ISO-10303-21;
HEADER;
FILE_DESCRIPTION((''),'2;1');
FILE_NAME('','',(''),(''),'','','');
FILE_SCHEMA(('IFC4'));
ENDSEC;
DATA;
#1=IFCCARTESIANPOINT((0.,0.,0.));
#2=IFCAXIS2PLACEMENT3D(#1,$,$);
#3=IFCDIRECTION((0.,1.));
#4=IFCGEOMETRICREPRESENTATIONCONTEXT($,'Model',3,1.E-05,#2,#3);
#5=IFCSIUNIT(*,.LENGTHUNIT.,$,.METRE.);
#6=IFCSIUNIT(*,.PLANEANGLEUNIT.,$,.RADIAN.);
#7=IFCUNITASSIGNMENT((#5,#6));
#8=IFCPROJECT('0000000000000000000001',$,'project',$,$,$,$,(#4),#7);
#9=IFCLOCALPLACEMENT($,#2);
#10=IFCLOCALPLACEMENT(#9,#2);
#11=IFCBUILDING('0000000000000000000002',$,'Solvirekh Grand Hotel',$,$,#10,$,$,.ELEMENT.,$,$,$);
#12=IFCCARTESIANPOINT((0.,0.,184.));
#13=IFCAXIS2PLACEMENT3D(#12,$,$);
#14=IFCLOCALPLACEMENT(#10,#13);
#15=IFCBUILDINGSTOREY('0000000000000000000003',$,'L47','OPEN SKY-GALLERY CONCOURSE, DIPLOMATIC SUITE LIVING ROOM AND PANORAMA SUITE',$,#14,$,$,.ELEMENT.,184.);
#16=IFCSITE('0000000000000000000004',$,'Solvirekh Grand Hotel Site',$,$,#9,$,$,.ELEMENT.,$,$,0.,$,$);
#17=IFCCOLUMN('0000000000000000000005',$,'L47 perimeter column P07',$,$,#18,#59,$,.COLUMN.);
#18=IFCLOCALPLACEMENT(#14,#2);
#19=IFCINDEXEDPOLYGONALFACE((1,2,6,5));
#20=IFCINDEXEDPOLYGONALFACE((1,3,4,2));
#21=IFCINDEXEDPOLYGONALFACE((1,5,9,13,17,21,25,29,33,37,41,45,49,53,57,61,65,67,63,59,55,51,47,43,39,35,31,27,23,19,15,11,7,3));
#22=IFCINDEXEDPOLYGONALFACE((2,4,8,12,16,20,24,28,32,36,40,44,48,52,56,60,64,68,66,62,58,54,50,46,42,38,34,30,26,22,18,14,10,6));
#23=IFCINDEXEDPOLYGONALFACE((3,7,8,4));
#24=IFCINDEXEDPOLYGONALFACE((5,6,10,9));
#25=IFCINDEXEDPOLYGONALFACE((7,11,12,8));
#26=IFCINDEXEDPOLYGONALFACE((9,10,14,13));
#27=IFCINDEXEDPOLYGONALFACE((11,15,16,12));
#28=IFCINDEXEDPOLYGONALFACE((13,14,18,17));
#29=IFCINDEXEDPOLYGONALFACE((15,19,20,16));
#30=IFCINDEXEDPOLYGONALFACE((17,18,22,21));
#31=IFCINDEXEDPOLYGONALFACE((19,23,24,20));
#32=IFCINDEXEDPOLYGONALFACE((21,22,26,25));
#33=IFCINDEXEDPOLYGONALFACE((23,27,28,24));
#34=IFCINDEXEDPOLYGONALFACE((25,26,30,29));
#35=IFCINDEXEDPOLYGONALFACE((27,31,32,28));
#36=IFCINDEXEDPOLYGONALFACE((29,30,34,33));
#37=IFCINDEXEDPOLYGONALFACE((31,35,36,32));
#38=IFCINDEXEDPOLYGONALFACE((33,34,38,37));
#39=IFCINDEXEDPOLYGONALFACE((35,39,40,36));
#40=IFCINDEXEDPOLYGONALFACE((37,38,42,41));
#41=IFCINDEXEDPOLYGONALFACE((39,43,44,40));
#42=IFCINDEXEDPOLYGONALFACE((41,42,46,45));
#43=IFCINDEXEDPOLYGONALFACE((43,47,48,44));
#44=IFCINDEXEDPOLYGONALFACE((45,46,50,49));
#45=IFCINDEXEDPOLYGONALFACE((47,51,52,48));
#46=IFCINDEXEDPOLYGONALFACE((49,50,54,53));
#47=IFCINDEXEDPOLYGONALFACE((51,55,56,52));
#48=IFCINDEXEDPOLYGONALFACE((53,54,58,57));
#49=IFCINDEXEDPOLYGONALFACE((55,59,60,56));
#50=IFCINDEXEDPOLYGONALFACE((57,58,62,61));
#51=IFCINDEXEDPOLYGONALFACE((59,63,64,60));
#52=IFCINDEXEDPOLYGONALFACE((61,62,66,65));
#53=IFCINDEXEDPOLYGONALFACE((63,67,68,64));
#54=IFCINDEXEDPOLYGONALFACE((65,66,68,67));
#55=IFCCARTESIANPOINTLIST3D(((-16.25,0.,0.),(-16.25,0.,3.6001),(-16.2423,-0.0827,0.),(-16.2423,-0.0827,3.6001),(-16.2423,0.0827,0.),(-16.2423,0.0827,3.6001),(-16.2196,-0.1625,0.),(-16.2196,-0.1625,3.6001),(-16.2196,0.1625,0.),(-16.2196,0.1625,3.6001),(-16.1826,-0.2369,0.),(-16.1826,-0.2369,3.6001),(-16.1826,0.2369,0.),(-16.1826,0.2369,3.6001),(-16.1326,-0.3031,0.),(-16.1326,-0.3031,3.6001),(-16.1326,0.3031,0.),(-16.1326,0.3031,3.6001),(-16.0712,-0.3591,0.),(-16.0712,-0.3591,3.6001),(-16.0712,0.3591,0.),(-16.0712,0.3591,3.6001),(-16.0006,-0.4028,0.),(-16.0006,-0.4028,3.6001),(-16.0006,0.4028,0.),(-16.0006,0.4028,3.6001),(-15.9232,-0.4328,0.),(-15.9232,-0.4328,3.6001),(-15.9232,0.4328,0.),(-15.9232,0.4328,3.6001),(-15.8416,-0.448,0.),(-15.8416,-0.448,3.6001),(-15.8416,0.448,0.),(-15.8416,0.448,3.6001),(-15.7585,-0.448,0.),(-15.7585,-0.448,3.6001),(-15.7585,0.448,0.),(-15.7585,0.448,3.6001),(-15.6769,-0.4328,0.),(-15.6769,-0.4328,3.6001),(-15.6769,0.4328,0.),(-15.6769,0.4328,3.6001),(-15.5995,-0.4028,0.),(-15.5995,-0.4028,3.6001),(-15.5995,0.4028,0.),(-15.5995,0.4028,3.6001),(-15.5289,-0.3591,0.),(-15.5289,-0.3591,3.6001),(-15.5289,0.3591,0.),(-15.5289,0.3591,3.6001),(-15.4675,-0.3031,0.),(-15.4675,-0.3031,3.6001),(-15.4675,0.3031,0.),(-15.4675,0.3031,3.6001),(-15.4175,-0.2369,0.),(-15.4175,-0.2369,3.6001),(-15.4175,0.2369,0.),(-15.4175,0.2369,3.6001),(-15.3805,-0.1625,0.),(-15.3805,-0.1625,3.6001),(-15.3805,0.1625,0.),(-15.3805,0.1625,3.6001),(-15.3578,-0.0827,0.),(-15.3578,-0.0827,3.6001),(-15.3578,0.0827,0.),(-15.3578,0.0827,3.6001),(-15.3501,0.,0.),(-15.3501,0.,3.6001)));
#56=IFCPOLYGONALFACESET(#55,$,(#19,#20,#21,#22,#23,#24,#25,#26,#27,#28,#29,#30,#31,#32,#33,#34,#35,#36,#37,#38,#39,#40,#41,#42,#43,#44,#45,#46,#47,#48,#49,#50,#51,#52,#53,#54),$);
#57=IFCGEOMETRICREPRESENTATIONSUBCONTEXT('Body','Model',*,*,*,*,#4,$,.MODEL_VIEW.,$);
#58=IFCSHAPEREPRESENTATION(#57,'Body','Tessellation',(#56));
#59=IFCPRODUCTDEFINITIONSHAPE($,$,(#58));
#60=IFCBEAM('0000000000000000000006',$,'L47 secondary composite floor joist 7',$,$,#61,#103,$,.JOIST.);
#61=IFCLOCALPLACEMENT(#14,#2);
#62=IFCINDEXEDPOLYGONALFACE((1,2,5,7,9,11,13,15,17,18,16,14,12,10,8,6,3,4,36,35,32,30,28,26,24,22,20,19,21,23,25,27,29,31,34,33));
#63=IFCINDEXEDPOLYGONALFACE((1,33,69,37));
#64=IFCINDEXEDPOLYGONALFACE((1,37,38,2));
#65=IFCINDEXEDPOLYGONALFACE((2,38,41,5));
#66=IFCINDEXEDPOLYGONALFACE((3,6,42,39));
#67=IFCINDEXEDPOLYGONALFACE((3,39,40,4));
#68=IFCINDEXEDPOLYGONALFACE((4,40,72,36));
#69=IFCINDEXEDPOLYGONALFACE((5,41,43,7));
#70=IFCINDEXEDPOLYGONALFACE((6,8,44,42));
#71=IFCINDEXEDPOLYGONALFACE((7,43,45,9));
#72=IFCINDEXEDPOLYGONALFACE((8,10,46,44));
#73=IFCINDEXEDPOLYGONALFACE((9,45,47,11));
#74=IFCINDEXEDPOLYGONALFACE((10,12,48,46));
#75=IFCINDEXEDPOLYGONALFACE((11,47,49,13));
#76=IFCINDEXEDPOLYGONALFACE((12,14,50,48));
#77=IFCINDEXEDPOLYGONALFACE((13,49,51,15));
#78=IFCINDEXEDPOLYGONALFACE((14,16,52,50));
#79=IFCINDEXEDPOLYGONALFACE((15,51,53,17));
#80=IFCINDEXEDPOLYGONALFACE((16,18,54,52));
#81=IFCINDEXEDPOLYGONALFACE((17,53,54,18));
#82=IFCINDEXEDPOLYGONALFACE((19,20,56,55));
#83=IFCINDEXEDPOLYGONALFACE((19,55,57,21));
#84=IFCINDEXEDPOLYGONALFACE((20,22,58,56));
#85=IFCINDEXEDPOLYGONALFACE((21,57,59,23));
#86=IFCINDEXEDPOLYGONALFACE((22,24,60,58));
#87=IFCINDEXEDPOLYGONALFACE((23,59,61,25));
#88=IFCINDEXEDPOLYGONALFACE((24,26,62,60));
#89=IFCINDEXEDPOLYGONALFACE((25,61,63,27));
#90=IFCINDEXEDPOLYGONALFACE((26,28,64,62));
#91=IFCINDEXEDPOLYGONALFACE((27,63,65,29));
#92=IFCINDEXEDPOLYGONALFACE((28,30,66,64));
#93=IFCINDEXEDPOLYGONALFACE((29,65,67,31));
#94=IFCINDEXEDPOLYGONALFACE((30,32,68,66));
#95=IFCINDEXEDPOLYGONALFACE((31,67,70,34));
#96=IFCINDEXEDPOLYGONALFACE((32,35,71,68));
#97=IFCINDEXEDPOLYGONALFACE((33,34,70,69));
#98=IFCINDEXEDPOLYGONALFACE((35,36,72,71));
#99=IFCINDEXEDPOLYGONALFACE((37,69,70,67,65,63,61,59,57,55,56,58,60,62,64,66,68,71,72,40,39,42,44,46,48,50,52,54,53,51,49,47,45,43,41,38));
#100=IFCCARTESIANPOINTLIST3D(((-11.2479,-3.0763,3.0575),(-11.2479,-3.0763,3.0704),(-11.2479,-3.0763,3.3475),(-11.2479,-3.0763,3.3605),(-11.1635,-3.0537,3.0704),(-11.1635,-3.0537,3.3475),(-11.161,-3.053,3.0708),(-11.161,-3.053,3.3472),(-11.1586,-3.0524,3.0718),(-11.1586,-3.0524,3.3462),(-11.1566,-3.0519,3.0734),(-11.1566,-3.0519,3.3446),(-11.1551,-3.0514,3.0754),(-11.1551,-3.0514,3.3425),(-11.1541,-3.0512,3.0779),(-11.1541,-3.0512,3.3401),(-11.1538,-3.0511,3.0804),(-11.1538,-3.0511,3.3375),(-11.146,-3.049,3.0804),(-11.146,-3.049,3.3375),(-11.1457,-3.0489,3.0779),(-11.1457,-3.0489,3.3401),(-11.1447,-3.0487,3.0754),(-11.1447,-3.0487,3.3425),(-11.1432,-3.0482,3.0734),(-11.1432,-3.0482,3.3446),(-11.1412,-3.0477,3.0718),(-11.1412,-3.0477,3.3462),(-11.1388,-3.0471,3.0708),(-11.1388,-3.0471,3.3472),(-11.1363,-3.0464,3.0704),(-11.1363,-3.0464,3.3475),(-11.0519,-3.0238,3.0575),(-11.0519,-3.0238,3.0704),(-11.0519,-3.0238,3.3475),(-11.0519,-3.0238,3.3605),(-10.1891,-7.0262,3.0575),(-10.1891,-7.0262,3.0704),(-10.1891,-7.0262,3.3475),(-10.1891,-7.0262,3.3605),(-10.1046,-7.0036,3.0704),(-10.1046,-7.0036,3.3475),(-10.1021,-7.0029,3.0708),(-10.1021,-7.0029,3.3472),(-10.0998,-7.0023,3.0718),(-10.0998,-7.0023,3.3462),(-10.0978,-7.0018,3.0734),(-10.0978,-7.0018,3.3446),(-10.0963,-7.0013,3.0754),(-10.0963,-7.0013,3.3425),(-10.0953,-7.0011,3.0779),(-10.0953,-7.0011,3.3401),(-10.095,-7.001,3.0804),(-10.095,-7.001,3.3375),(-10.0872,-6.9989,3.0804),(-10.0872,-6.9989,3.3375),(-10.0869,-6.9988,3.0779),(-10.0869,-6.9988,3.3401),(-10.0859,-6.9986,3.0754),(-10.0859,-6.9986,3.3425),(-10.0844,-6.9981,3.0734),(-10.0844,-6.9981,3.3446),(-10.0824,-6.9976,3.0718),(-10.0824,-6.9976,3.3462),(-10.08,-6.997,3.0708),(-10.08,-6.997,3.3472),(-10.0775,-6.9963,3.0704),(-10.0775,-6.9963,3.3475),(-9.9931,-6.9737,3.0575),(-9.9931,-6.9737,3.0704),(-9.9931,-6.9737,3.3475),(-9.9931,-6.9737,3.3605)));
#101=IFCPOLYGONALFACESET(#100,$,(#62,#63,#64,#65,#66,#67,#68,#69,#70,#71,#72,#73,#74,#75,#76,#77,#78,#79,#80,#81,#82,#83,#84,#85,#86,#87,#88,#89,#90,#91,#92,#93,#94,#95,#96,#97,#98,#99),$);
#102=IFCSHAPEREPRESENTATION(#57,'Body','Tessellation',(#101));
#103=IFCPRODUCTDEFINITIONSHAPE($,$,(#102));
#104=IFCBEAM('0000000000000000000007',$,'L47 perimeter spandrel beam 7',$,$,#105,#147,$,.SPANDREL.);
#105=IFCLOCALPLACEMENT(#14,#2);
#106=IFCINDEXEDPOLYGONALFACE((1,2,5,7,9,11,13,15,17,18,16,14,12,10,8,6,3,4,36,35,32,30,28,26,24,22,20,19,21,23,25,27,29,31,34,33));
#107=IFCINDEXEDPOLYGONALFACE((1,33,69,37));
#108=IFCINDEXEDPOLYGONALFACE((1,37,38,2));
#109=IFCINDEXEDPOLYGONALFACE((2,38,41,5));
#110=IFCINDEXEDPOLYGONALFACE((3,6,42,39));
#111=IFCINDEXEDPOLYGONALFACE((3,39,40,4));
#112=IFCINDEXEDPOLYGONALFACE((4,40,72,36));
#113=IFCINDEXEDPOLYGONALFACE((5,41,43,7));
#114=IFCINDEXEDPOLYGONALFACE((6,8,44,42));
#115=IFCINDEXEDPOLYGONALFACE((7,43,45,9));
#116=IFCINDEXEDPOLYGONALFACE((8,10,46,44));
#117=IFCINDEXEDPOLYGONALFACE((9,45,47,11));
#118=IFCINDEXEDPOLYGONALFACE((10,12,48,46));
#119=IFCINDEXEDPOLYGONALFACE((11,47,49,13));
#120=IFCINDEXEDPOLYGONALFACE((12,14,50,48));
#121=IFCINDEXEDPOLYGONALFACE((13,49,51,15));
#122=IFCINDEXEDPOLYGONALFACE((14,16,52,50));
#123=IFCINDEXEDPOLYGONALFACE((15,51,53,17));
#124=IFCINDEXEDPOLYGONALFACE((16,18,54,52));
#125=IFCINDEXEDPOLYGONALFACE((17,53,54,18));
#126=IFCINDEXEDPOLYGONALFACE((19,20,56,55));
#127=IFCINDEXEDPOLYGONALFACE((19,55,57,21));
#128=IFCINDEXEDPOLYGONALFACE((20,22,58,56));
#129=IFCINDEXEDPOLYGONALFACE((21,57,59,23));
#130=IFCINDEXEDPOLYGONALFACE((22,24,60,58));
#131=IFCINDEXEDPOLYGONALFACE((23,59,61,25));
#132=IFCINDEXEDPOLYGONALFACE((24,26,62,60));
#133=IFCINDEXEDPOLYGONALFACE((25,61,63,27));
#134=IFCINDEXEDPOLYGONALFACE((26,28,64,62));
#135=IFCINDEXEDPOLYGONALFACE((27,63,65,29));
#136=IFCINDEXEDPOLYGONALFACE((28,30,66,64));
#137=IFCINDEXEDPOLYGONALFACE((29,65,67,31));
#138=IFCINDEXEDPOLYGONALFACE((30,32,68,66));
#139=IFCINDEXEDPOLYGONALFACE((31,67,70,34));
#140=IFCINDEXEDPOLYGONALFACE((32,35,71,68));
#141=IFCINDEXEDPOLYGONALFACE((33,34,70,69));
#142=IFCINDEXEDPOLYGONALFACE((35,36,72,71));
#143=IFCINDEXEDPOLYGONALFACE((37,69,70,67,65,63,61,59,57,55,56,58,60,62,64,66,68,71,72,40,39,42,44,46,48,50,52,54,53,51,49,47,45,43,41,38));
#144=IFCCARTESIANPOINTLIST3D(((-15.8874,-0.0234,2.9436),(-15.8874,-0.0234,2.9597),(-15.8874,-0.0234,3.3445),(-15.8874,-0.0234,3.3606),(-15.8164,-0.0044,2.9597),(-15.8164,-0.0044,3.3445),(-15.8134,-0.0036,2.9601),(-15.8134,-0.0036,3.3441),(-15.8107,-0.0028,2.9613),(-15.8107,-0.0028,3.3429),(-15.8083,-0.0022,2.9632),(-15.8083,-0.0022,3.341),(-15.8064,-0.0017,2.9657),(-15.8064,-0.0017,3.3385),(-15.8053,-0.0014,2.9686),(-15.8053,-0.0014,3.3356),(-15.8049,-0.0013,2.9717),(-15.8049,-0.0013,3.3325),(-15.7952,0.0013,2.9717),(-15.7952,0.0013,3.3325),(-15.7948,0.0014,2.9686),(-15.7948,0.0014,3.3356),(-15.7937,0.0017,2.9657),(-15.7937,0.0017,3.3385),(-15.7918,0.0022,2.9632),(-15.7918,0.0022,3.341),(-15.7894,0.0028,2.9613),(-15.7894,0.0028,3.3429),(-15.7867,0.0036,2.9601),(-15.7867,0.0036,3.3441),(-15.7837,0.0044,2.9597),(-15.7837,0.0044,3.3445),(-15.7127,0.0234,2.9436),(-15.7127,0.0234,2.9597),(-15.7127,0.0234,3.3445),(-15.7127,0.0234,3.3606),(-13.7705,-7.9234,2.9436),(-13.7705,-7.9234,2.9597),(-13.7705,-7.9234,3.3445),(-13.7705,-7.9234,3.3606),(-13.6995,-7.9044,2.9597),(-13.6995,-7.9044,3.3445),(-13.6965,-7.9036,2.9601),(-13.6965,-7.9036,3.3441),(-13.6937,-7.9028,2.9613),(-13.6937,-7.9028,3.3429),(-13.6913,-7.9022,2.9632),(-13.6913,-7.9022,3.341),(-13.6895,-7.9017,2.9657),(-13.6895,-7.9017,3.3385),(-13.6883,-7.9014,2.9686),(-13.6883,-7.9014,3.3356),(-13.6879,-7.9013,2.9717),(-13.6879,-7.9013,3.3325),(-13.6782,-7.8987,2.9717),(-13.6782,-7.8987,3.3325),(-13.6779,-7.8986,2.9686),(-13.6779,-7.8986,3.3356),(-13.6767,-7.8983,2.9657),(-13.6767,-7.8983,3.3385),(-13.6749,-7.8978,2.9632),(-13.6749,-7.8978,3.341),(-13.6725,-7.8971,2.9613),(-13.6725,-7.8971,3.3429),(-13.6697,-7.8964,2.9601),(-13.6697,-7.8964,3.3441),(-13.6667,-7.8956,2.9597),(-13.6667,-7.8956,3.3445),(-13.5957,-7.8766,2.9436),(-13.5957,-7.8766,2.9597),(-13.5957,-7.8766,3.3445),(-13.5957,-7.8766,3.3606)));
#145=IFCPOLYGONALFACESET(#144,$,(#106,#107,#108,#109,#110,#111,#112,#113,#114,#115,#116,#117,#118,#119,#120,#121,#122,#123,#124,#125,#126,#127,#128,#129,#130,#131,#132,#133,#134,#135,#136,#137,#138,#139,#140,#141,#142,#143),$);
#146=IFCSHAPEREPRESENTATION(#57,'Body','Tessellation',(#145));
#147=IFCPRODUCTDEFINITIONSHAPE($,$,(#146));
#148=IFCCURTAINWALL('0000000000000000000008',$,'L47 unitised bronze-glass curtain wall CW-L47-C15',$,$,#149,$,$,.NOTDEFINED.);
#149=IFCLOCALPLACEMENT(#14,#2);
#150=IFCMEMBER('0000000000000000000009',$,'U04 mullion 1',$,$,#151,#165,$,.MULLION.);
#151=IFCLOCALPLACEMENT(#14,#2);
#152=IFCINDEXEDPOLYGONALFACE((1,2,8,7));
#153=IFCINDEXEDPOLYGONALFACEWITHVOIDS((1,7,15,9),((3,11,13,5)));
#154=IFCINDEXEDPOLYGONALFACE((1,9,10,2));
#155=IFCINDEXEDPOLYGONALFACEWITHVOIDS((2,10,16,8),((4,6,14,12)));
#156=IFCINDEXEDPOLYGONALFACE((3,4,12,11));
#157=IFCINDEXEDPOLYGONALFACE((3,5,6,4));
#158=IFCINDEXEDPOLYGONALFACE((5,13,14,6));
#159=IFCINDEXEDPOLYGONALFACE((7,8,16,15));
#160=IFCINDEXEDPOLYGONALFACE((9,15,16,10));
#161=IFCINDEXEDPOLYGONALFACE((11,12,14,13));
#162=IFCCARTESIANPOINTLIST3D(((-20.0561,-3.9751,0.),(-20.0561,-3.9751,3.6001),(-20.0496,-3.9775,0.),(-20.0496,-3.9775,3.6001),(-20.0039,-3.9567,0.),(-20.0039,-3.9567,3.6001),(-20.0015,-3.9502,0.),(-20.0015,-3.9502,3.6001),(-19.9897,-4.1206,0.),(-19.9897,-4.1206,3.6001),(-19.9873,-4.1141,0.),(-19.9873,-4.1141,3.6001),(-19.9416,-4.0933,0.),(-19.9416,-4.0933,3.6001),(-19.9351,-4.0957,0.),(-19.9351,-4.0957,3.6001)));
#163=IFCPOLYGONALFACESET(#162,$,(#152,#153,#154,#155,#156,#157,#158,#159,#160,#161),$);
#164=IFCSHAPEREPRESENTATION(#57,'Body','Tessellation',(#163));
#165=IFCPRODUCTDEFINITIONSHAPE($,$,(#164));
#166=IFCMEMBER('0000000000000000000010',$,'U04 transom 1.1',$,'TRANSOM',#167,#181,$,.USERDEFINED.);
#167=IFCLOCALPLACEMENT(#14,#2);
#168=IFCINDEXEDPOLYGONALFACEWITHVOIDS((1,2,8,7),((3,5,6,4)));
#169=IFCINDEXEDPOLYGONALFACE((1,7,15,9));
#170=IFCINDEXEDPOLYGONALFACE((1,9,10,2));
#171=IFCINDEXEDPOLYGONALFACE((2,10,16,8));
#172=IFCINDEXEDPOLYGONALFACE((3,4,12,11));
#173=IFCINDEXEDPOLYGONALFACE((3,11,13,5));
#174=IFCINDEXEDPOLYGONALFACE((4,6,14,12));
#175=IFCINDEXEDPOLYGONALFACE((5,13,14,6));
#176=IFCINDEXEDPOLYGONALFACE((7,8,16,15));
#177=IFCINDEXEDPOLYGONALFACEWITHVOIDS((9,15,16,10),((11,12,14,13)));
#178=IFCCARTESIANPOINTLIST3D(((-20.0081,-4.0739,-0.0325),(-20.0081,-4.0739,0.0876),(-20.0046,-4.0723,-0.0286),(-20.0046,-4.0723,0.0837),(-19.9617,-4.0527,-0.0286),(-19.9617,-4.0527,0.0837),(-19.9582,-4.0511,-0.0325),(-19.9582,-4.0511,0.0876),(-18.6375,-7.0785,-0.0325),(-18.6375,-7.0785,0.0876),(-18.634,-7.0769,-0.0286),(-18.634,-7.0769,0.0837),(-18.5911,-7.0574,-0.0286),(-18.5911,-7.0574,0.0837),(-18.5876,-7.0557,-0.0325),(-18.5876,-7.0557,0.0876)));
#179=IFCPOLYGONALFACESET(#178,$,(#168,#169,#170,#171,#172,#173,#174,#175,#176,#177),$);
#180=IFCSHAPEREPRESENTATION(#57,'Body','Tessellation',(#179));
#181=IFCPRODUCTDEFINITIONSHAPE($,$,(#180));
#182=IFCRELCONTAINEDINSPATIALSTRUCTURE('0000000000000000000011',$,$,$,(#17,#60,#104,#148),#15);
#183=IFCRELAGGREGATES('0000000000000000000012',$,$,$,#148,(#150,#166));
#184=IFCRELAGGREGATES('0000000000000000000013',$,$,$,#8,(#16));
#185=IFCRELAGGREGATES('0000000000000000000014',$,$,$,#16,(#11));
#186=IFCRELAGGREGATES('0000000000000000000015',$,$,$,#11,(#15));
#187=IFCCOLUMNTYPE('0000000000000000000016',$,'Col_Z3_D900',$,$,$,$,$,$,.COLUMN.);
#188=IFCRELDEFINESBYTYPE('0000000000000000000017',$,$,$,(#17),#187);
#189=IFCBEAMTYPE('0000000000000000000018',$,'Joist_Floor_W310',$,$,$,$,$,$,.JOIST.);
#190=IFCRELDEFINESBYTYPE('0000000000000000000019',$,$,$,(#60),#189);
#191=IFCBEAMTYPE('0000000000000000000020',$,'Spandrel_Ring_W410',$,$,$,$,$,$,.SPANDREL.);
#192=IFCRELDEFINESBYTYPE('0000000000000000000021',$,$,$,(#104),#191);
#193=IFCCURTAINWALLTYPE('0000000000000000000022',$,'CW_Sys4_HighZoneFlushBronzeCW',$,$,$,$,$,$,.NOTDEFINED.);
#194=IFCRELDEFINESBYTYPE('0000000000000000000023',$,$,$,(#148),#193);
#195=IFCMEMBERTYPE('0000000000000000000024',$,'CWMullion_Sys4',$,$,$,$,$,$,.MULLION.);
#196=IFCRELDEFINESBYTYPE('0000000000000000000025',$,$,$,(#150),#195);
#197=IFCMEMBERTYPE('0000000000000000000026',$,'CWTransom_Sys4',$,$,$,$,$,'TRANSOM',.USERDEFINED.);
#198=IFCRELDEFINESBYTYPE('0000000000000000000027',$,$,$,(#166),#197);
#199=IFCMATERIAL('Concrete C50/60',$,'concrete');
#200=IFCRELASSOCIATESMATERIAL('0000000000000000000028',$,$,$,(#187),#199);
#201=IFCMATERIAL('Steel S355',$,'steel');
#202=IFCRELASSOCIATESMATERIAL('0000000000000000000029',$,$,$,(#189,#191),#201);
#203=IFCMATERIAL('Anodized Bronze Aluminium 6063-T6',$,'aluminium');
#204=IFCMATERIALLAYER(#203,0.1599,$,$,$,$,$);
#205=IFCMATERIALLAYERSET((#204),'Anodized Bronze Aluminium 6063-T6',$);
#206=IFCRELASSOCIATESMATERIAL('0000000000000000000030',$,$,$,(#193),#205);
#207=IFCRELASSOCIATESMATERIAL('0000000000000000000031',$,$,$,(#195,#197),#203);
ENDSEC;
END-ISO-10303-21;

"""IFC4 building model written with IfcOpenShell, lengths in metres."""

from ifc_helpers import new_model, si_unit, direction, frame, origin, origin_2d, place, context, subcontext, project, spatial, hollow_rectangle, circle, i_section, extrude, source, transform, mapped, material, layer, layer_set, material_profile, profile_set, type_object, element, aggregate, save


model = new_model("IFC4")

# Units and contexts
model_context = context("Model", 3, precision=1e-05, world=origin(), true_north=direction((0.0, 1.0)))
body_context = subcontext(model_context, "Body", "Model", "MODEL_VIEW")
ifc_project = project(units=[si_unit("LENGTHUNIT", "METRE"), si_unit("PLANEANGLEUNIT", "RADIAN")], contexts=[model_context])

# Site, building, storey
site_placement = place(None, origin())
site = spatial("IfcSite", under=ifc_project, at=site_placement, Name="Solvirekh Grand Hotel Site", CompositionType="ELEMENT", RefElevation=0.0)
building_placement = place(site_placement, origin())
building = spatial("IfcBuilding", under=site, at=building_placement, Name="Solvirekh Grand Hotel", CompositionType="ELEMENT")
storey_placement = place(building_placement, frame((0.0, 0.0, 184.0)))
storey = spatial("IfcBuildingStorey", under=building, at=storey_placement, Name="L47", Description="OPEN SKY-GALLERY CONCOURSE, DIPLOMATIC SUITE LIVING ROOM AND PANORAMA SUITE", CompositionType="ELEMENT", Elevation=184.0)

# Column
ifc_material_1 = material(Name="Concrete C50/60", Category="concrete")
ifc_material_profile_1 = material_profile(ifc_material_1, circle(Radius=0.45, at=origin_2d()), Name="RC CIRC D900")
ifc_profile_set_1 = profile_set([ifc_material_profile_1], Name="Concrete C50/60")
column_type = type_object("IfcColumnType", Name="Col_Z3_D900", PredefinedType="COLUMN", material=ifc_profile_set_1)
column_placement = place(storey_placement, frame((-15.8, 0.0, 0.0), z_axis=(0.0, 0.0, 1.0), x_axis=(1.0, 0.0, 0.0)))
element("IfcColumn", 1, at=column_placement, inside=storey, type_object=column_type, Name="L47 perimeter column P07", PredefinedType="COLUMN", context=body_context, shape_type="SweptSolid", body=[
    extrude(circle(Radius=0.45, at=origin_2d()), origin(), (0.0, 0.0, 1.0), 3.6001),
])

# Beams
ifc_material_2 = material(Name="Steel S355", Category="steel")
ifc_material_profile_2 = material_profile(ifc_material_2, i_section(OverallWidth=0.2029, OverallDepth=0.303, WebThickness=0.0081, FlangeThickness=0.0129, FilletRadius=0.01, at=origin_2d()), Name="W310X60")
ifc_profile_set_2 = profile_set([ifc_material_profile_2], Name="Steel S355")
beam_type_1 = type_object("IfcBeamType", Name="Joist_Floor_W310", PredefinedType="JOIST", material=ifc_profile_set_2)
beam_1_placement = place(storey_placement, frame((-11.1499, -3.05, 3.209), z_axis=(0.258922, -0.965898, 0.0), x_axis=(0.965898, 0.258922, 0.0)))
element("IfcBeam", 2, at=beam_1_placement, inside=storey, type_object=beam_type_1, Name="L47 secondary composite floor joist 7", PredefinedType="JOIST", context=body_context, shape_type="SweptSolid", body=[
    extrude(i_section(OverallWidth=0.2029, OverallDepth=0.303, WebThickness=0.0081, FlangeThickness=0.0129, FilletRadius=0.01, at=origin_2d()), origin(), (0.0, 0.0, 1.0), 4.0894),
])
ifc_material_profile_3 = material_profile(ifc_material_2, i_section(OverallWidth=0.1809, OverallDepth=0.417, WebThickness=0.01, FlangeThickness=0.0161, FilletRadius=0.012, at=origin_2d()), Name="W410X85")
ifc_profile_set_3 = profile_set([ifc_material_profile_3], Name="Steel S355")
beam_type_2 = type_object("IfcBeamType", Name="Spandrel_Ring_W410", PredefinedType="SPANDREL", material=ifc_profile_set_3)
beam_2_placement = place(storey_placement, frame((-15.8, 0.0, 3.1521), z_axis=(0.258839, -0.965921, 0.0), x_axis=(0.965921, 0.258839, 0.0)))
element("IfcBeam", 3, at=beam_2_placement, inside=storey, type_object=beam_type_2, Name="L47 perimeter spandrel beam 7", PredefinedType="SPANDREL", context=body_context, shape_type="SweptSolid", body=[
    extrude(i_section(OverallWidth=0.1809, OverallDepth=0.417, WebThickness=0.01, FlangeThickness=0.0161, FilletRadius=0.012, at=origin_2d()), origin(), (0.0, 0.0, 1.0), 8.1787),
])

# Curtain wall, members
ifc_material_3 = material(Name="Anodized Bronze Aluminium 6063-T6", Category="aluminium")
ifc_layer_1 = layer(ifc_material_3, 0.1599)
ifc_layer_set_1 = layer_set([ifc_layer_1], Name="Anodized Bronze Aluminium 6063-T6")
curtain_wall_type = type_object("IfcCurtainWallType", Name="CW_Sys4_HighZoneFlushBronzeCW", PredefinedType="NOTDEFINED", material=ifc_layer_set_1)
curtain_wall_placement = place(storey_placement, origin())
curtain_wall = element("IfcCurtainWall", 4, at=curtain_wall_placement, inside=storey, type_object=curtain_wall_type, Name="L47 unitised bronze-glass curtain wall CW-L47-C15", PredefinedType="NOTDEFINED")
ifc_material_profile_4 = material_profile(ifc_material_3, hollow_rectangle(XDim=0.0601, YDim=0.1599, WallThickness=0.0049, at=origin_2d()), Name="ALU RHS 160X60X5")
ifc_profile_set_4 = profile_set([ifc_material_profile_4], Name="Anodized Bronze Aluminium 6063-T6")
member_type_1 = type_object("IfcMemberType", Name="CWMullion_Sys4", PredefinedType="MULLION", material=ifc_profile_set_4)
shared_shape_1 = source(origin(), body_context, "Body", "SweptSolid", [
    extrude(hollow_rectangle(XDim=0.0601, YDim=0.1599, WallThickness=0.0049, at=origin_2d()), origin(), (0.0, 0.0, 1.0), 3.6001),
])
member_1_placement = place(storey_placement, frame((-19.9956, -4.0354, 0.0), z_axis=(0.0, 0.0, 1.0), x_axis=(0.909805, 0.415035, 0.0)))
member_1 = element("IfcMember", 5, at=member_1_placement, type_object=member_type_1, Name="U04 mullion 1", PredefinedType="MULLION", context=body_context, shape_type="MappedRepresentation", body=[
    mapped(shared_shape_1, transform((0.0, 0.0, 0.0), x_axis=(1.0, 0.0, 0.0), y_axis=(0.0, 1.0, 0.0), z_axis=(0.0, 0.0, 1.0), scale=1.0)),
])
ifc_material_profile_5 = material_profile(ifc_material_3, hollow_rectangle(XDim=0.0549, YDim=0.1201, WallThickness=0.0039, at=origin_2d()), Name="ALU RHS 120X55X4")
ifc_profile_set_5 = profile_set([ifc_material_profile_5], Name="Anodized Bronze Aluminium 6063-T6")
member_type_2 = type_object("IfcMemberType", Name="CWTransom_Sys4", ElementType="TRANSOM", PredefinedType="USERDEFINED", material=ifc_profile_set_5)
shared_shape_2 = source(origin(), body_context, "Body", "SweptSolid", [
    extrude(hollow_rectangle(XDim=0.0549, YDim=0.1201, WallThickness=0.0039, at=origin_2d()), origin(), (0.0, 0.0, 1.0), 3.3025),
])
member_2_placement = place(storey_placement, frame((-19.9832, -4.0625, 0.0276), z_axis=(0.415022, -0.909811, 0.0), x_axis=(0.909811, 0.415022, 0.0)))
member_2 = element("IfcMember", 6, at=member_2_placement, type_object=member_type_2, Name="U04 transom 1.1", ObjectType="TRANSOM", PredefinedType="USERDEFINED", context=body_context, shape_type="MappedRepresentation", body=[
    mapped(shared_shape_2, transform((0.0, 0.0, 0.0), x_axis=(1.0, 0.0, 0.0), y_axis=(0.0, 1.0, 0.0), z_axis=(0.0, 0.0, 1.0), scale=1.0)),
])
aggregate(curtain_wall, [member_1, member_2])

save(model, "model.ifc")
